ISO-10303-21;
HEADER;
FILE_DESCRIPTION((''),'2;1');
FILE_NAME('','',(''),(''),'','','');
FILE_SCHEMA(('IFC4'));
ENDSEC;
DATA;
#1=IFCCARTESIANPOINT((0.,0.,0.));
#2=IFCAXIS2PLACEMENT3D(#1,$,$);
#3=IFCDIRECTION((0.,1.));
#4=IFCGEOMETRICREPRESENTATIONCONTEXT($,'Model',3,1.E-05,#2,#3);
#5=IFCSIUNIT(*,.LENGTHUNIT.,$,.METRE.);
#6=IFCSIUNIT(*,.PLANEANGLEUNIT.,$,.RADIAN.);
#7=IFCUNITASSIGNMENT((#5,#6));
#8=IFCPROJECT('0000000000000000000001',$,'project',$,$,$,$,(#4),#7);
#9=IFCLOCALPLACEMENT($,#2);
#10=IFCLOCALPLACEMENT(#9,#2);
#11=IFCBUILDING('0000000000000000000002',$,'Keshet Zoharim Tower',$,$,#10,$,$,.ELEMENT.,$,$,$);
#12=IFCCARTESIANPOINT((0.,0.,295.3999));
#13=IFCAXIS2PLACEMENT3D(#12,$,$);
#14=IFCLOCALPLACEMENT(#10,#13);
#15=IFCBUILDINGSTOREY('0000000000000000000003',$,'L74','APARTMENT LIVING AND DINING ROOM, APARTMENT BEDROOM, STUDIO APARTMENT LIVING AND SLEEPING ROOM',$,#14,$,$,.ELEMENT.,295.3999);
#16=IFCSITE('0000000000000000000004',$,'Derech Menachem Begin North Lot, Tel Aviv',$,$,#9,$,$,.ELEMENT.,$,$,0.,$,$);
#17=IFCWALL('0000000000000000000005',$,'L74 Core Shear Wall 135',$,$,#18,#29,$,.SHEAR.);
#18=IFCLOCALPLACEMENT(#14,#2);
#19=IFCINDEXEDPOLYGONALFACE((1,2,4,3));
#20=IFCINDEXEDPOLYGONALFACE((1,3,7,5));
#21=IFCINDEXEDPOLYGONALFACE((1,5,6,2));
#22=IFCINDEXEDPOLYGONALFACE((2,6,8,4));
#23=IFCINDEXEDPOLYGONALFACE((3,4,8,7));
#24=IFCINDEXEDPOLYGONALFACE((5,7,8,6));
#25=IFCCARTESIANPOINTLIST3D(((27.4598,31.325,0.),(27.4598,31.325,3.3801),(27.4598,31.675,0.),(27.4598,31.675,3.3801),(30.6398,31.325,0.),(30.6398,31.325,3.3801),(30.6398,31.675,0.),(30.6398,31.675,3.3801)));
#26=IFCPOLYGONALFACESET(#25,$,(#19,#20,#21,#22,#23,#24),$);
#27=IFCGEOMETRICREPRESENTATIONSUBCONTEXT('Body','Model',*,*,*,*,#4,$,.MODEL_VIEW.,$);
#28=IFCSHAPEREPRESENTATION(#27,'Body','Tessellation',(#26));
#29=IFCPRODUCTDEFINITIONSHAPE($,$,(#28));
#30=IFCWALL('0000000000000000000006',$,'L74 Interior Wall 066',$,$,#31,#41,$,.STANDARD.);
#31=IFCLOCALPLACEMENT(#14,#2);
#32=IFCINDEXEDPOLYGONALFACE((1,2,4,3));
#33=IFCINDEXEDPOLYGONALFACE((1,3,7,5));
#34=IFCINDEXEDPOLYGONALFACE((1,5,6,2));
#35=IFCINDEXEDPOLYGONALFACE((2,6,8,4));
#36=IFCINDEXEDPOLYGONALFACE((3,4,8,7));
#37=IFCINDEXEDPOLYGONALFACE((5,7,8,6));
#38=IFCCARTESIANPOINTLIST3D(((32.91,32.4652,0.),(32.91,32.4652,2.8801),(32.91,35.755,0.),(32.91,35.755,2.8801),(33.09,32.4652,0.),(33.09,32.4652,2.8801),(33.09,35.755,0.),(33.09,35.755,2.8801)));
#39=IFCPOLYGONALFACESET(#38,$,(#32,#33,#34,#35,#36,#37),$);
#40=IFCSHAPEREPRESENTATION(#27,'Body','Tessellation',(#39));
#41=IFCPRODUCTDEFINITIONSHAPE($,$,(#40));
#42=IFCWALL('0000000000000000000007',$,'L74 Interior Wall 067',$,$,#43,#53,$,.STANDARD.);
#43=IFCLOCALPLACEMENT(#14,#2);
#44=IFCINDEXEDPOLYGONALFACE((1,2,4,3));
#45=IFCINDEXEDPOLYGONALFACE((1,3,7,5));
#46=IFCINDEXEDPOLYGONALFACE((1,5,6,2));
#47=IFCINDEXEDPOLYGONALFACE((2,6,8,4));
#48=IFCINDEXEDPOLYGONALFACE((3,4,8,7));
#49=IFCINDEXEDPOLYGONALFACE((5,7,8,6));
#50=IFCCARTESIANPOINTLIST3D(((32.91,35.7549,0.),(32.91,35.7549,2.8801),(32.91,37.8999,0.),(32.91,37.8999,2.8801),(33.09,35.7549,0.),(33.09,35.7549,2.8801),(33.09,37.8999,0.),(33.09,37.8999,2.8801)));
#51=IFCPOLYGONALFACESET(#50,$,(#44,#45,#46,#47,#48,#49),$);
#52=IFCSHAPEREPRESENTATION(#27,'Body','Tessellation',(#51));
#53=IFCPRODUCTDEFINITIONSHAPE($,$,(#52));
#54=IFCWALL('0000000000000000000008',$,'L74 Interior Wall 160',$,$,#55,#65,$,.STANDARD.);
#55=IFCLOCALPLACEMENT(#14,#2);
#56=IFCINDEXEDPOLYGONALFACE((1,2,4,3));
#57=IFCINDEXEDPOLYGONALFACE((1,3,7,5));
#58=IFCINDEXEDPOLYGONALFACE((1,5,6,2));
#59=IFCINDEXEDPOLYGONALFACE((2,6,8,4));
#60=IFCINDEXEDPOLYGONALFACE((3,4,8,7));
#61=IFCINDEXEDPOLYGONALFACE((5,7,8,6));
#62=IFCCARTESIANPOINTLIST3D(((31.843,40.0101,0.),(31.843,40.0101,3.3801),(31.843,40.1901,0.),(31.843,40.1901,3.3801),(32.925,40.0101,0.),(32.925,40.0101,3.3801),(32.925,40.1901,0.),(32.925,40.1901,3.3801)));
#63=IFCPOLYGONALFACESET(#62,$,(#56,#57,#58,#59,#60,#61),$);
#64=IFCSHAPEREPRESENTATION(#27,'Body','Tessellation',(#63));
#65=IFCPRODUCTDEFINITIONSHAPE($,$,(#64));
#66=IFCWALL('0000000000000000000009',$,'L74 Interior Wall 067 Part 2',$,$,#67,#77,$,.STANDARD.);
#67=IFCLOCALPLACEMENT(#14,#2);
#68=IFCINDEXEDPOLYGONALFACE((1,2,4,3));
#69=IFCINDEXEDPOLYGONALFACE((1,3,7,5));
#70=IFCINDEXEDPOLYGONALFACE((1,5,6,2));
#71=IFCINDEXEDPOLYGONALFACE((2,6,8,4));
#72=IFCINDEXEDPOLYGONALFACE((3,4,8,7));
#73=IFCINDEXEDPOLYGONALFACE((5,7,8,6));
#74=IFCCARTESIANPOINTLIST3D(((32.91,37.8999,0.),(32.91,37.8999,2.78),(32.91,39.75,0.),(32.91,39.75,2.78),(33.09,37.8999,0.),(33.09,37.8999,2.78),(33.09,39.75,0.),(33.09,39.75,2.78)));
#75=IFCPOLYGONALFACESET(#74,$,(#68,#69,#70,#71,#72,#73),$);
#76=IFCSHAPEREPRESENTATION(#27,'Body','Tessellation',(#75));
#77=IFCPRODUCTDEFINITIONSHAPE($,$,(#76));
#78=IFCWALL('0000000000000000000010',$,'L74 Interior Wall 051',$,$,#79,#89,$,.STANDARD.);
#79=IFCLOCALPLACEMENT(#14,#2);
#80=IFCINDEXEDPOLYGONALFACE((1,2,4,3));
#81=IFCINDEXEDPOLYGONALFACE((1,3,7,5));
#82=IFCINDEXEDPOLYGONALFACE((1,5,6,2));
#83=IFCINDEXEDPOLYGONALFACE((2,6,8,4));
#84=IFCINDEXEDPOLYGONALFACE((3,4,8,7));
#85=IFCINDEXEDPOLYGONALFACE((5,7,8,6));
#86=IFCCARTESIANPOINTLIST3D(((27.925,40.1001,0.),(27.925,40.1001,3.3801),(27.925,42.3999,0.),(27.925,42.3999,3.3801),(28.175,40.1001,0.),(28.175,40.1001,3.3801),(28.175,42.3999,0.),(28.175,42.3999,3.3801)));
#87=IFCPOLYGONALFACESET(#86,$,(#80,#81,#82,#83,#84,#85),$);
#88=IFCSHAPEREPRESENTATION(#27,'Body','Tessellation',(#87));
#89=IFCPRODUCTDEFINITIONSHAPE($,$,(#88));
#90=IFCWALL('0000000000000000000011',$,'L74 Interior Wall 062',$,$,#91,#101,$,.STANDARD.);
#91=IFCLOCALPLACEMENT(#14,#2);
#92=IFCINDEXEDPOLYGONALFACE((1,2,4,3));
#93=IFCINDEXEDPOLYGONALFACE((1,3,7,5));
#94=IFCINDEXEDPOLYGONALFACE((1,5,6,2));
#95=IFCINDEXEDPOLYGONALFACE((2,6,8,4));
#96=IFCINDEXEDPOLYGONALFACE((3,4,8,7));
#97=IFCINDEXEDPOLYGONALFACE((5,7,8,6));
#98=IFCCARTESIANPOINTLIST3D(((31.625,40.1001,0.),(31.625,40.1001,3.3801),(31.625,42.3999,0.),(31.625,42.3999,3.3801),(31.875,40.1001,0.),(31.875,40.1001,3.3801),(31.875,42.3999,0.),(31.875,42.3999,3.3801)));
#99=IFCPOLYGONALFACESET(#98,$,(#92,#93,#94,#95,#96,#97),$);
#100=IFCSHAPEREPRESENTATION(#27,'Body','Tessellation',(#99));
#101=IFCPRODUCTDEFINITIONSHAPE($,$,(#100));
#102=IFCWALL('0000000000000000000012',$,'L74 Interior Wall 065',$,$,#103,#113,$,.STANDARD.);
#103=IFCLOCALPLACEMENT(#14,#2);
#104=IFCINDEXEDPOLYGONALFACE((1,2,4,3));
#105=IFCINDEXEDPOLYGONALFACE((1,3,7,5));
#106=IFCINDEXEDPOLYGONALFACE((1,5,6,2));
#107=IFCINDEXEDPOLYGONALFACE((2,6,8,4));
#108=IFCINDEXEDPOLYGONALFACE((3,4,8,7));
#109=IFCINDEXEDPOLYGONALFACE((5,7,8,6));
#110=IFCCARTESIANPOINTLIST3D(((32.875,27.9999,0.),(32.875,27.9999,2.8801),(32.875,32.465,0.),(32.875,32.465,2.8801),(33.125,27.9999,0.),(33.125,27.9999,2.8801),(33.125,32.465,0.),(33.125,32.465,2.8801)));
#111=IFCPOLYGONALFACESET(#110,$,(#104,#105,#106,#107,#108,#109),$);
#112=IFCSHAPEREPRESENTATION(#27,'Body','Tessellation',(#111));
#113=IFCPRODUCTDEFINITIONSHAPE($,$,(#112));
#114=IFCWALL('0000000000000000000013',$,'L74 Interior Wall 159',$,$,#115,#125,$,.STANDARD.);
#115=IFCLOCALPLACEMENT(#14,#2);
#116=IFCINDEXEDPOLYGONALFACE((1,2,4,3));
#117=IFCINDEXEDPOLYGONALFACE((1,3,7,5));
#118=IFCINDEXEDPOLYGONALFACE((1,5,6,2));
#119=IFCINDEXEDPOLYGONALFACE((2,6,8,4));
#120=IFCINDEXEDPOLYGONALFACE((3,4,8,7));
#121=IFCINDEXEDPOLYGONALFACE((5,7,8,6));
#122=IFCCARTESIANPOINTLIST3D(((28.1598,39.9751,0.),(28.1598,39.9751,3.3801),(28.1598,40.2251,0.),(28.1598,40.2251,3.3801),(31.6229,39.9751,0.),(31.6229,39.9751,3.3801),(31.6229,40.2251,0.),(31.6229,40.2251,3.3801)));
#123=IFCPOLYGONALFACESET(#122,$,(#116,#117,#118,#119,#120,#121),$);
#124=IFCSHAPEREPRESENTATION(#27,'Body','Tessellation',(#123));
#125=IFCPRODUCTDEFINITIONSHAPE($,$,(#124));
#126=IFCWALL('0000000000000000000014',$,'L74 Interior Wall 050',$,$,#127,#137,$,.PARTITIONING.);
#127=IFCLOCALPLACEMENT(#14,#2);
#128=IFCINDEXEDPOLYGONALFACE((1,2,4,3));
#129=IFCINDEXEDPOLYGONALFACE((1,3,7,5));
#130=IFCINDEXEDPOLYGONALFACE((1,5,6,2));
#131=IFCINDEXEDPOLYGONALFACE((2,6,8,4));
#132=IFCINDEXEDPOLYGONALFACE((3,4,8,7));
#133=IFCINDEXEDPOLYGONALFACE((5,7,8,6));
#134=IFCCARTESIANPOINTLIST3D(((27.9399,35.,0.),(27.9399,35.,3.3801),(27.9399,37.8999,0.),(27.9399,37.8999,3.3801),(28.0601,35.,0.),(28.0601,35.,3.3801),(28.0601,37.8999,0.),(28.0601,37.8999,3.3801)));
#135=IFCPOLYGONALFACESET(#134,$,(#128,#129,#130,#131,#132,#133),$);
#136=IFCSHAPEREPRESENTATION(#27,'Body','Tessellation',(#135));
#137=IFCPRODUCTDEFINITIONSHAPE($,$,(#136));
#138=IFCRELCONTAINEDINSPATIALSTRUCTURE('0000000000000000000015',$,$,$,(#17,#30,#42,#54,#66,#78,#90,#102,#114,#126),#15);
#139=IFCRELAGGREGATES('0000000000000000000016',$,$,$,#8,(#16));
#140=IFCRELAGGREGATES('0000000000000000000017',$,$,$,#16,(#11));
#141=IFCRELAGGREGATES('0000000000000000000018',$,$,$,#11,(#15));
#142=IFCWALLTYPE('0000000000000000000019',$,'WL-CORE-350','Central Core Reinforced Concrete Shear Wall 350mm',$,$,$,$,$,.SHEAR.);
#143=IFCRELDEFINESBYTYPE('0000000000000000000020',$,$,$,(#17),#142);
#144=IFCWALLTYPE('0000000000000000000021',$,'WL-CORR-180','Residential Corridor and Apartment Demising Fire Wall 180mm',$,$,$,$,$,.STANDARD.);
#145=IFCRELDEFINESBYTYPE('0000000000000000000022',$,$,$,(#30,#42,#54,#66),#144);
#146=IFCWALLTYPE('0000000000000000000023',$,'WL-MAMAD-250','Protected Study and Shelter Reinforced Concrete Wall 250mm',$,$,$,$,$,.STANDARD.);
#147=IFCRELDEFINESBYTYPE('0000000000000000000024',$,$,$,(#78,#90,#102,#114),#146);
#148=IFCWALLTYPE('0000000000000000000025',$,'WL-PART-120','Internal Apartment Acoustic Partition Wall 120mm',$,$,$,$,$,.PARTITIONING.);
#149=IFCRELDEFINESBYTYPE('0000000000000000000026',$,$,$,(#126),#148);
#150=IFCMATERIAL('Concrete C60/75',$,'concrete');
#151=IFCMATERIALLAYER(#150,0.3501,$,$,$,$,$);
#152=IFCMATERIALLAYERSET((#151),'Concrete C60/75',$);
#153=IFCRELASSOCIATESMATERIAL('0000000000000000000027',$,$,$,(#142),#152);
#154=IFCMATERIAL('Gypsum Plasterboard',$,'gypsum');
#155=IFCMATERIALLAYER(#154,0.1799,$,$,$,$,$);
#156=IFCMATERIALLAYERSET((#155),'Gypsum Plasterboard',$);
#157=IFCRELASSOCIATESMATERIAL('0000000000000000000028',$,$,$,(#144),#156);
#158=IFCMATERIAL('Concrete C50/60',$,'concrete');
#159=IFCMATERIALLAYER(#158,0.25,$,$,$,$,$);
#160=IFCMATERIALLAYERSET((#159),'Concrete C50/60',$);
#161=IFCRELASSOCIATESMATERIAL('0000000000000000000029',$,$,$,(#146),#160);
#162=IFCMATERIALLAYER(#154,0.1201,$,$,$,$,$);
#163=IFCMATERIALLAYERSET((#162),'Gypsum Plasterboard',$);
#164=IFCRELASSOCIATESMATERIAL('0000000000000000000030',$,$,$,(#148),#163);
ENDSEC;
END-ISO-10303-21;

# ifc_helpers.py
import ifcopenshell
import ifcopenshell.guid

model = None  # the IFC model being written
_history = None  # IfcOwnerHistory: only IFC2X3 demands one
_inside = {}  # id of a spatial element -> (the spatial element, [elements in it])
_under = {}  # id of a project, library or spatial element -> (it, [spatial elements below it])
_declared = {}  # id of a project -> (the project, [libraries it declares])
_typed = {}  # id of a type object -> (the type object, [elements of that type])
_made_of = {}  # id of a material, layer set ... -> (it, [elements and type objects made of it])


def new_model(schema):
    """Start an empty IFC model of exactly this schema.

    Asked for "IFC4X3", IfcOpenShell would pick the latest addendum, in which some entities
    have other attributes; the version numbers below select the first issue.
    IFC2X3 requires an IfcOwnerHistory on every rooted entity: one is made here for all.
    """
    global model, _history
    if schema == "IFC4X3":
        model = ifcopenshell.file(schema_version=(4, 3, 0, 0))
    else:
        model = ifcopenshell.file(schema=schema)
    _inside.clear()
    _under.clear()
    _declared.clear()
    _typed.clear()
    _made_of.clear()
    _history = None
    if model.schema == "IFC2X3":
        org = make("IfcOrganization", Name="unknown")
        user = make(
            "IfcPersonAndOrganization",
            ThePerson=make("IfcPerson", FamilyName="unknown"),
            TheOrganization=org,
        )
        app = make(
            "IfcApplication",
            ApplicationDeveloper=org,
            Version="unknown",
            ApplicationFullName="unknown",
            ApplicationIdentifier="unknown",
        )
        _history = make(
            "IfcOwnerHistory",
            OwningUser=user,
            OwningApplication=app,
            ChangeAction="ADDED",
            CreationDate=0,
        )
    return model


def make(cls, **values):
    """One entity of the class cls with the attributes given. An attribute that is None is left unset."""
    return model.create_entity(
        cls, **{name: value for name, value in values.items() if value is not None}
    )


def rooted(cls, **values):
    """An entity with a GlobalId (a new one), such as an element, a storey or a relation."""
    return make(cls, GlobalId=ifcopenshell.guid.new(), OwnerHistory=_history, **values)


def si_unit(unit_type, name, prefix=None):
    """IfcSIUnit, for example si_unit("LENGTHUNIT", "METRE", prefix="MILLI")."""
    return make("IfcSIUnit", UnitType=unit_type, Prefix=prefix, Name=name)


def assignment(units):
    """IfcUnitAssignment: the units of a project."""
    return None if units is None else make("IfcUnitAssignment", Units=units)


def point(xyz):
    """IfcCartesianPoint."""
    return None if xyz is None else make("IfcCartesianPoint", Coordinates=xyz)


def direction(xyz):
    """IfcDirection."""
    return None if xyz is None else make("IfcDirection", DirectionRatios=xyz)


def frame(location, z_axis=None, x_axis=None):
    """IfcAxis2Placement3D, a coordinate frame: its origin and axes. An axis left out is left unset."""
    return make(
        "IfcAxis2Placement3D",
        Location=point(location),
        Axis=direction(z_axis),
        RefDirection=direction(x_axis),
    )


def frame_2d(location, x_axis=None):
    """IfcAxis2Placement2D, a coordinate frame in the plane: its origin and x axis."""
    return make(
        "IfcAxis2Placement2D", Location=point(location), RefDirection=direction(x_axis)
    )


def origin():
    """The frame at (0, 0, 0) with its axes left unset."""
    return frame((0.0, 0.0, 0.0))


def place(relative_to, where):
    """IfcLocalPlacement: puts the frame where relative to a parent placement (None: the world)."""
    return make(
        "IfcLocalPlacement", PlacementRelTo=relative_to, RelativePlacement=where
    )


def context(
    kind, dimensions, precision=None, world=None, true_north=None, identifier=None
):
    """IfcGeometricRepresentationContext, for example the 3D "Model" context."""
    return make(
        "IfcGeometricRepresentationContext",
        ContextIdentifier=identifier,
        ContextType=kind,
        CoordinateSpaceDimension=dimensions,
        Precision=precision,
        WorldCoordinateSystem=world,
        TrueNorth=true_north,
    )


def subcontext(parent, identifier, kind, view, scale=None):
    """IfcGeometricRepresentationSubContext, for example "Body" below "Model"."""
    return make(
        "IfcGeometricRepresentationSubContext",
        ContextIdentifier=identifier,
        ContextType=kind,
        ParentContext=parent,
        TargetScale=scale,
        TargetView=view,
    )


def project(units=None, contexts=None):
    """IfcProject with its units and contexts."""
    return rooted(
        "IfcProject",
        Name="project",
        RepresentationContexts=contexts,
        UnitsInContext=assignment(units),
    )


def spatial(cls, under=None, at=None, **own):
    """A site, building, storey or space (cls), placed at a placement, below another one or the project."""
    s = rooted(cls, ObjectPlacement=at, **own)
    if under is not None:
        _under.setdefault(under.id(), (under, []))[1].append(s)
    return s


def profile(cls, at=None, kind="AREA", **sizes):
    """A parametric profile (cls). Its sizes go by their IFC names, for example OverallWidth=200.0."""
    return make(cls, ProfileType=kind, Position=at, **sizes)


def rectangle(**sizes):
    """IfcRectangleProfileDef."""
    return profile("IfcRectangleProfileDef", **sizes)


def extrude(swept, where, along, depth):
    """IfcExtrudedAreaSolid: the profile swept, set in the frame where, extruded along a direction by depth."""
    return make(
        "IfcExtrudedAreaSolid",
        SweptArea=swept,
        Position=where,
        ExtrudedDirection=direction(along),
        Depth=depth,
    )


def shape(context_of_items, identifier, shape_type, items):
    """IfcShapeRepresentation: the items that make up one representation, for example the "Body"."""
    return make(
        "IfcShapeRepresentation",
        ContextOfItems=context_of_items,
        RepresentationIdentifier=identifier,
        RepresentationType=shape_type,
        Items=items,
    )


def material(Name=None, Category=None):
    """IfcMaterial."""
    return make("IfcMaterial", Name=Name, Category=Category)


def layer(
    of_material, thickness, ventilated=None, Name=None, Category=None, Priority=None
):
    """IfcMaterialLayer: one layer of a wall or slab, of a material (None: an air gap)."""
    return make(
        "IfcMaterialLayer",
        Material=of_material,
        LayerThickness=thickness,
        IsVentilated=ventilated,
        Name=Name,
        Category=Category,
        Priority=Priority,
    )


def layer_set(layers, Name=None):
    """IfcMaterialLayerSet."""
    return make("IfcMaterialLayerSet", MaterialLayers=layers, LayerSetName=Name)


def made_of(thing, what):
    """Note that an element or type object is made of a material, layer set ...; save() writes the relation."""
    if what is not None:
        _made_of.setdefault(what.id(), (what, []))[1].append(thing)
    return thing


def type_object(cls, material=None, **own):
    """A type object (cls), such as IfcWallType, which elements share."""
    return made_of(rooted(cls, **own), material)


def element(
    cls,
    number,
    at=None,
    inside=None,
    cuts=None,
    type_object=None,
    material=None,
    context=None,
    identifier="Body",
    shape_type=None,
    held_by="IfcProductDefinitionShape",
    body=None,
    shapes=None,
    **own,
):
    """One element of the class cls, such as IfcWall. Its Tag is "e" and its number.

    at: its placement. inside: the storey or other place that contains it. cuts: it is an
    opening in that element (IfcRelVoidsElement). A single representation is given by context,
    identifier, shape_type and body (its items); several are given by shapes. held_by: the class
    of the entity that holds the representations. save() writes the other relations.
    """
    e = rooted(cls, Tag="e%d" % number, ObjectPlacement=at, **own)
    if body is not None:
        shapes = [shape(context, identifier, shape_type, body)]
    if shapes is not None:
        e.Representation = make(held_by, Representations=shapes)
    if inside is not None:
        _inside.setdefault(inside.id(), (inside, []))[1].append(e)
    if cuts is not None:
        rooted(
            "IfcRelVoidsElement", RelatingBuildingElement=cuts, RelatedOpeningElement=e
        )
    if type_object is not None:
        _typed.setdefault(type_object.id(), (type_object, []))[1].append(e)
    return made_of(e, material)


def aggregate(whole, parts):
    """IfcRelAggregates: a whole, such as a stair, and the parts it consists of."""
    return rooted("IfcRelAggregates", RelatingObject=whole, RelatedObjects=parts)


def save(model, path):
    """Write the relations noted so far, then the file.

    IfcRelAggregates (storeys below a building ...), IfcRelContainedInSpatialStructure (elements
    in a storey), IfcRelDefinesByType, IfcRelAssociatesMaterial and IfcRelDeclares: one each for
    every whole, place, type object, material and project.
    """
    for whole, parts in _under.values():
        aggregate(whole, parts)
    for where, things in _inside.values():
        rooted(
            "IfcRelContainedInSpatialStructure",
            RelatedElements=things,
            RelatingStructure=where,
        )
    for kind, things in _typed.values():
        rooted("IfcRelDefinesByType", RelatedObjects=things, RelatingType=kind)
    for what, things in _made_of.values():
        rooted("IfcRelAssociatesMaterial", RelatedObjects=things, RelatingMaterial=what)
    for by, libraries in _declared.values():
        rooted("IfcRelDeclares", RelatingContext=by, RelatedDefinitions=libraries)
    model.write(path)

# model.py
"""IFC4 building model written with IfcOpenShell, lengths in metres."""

from ifc_helpers import new_model, si_unit, direction, frame, frame_2d, origin, place, context, subcontext, project, spatial, rectangle, extrude, material, layer, layer_set, type_object, element, save


model = new_model("IFC4")

# Units and contexts
model_context = context("Model", 3, precision=1e-05, world=origin(), true_north=direction((0.0, 1.0)))
body_context = subcontext(model_context, "Body", "Model", "MODEL_VIEW")
ifc_project = project(units=[si_unit("LENGTHUNIT", "METRE"), si_unit("PLANEANGLEUNIT", "RADIAN")], contexts=[model_context])

# Site, building, storey
site_placement = place(None, origin())
site = spatial("IfcSite", under=ifc_project, at=site_placement, Name="Derech Menachem Begin North Lot, Tel Aviv", CompositionType="ELEMENT", RefElevation=0.0)
building_placement = place(site_placement, origin())
building = spatial("IfcBuilding", under=site, at=building_placement, Name="Keshet Zoharim Tower", CompositionType="ELEMENT")
storey_placement = place(building_placement, frame((0.0, 0.0, 295.3999)))
storey = spatial("IfcBuildingStorey", under=building, at=storey_placement, Name="L74", Description="APARTMENT LIVING AND DINING ROOM, APARTMENT BEDROOM, STUDIO APARTMENT LIVING AND SLEEPING ROOM", CompositionType="ELEMENT", Elevation=295.3999)

# Shared definitions
ifc_material_1 = material(Name="Concrete C50/60", Category="concrete")

# Shared definitions
ifc_material_2 = material(Name="Gypsum Plasterboard", Category="gypsum")
ifc_material_3 = material(Name="Concrete C60/75", Category="concrete")
ifc_layer_1 = layer(ifc_material_3, 0.3501)
ifc_layer_set_1 = layer_set([ifc_layer_1], Name="Concrete C60/75")
wall_type_1 = type_object("IfcWallType", Name="WL-CORE-350", Description="Central Core Reinforced Concrete Shear Wall 350mm", PredefinedType="SHEAR", material=ifc_layer_set_1)

# Wall
wall_1_placement = place(storey_placement, frame((27.46, 31.5, 0.0), z_axis=(0.0, 0.0, 1.0), x_axis=(1.0, 0.0, 0.0)))
element("IfcWall", 1, at=wall_1_placement, inside=storey, type_object=wall_type_1, Name="L74 Core Shear Wall 135", PredefinedType="SHEAR", context=body_context, shape_type="SweptSolid", body=[
    extrude(rectangle(XDim=3.1799, YDim=0.3501, at=frame_2d((1.5898, 0.0))), origin(), (0.0, 0.0, 1.0), 3.3801),
])

# Walls
ifc_layer_2 = layer(ifc_material_2, 0.1799)
ifc_layer_set_2 = layer_set([ifc_layer_2], Name="Gypsum Plasterboard")
wall_type_2 = type_object("IfcWallType", Name="WL-CORR-180", Description="Residential Corridor and Apartment Demising Fire Wall 180mm", PredefinedType="STANDARD", material=ifc_layer_set_2)
wall_2_placement = place(storey_placement, frame((33.0, 32.4651, 0.0), z_axis=(0.0, 0.0, 1.0), x_axis=(0.0, 1.0, 0.0)))
element("IfcWall", 2, at=wall_2_placement, inside=storey, type_object=wall_type_2, Name="L74 Interior Wall 066", PredefinedType="STANDARD", context=body_context, shape_type="SweptSolid", body=[
    extrude(rectangle(XDim=3.2898, YDim=0.1799, at=frame_2d((1.645, 0.0))), origin(), (0.0, 0.0, 1.0), 2.8801),
])
wall_3_placement = place(storey_placement, frame((33.0, 35.7549, 0.0), z_axis=(0.0, 0.0, 1.0), x_axis=(0.0, 1.0, 0.0)))
element("IfcWall", 3, at=wall_3_placement, inside=storey, type_object=wall_type_2, Name="L74 Interior Wall 067", PredefinedType="STANDARD", context=body_context, shape_type="SweptSolid", body=[
    extrude(rectangle(XDim=2.145, YDim=0.1799, at=frame_2d((1.0725, 0.0))), origin(), (0.0, 0.0, 1.0), 2.8801),
])
wall_4_placement = place(storey_placement, frame((31.843, 40.1001, 0.0), z_axis=(0.0, 0.0, 1.0), x_axis=(1.0, 0.0, 0.0)))
element("IfcWall", 4, at=wall_4_placement, inside=storey, type_object=wall_type_2, Name="L74 Interior Wall 160", PredefinedType="STANDARD", context=body_context, shape_type="SweptSolid", body=[
    extrude(rectangle(XDim=1.082, YDim=0.1799, at=frame_2d((0.541, 0.0))), origin(), (0.0, 0.0, 1.0), 3.3801),
])
wall_5_placement = place(storey_placement, frame((33.0, 37.8999, 0.0), z_axis=(0.0, 0.0, 1.0), x_axis=(0.0, 1.0, 0.0)))
element("IfcWall", 5, at=wall_5_placement, inside=storey, type_object=wall_type_2, Name="L74 Interior Wall 067 Part 2", PredefinedType="STANDARD", context=body_context, shape_type="SweptSolid", body=[
    extrude(rectangle(XDim=1.8501, YDim=0.1799, at=frame_2d((0.925, 0.0))), origin(), (0.0, 0.0, 1.0), 2.78),
])
ifc_layer_3 = layer(ifc_material_1, 0.25)
ifc_layer_set_3 = layer_set([ifc_layer_3], Name="Concrete C50/60")
wall_type_3 = type_object("IfcWallType", Name="WL-MAMAD-250", Description="Protected Study and Shelter Reinforced Concrete Wall 250mm", PredefinedType="STANDARD", material=ifc_layer_set_3)
for number, where, z_axis, x_axis, name in (
    (6, (28.05, 40.1001, 0.0), (0.0, 0.0, 1.0), (0.0, 1.0, 0.0), "L74 Interior Wall 051"),
    (7, (31.75, 40.1001, 0.0), (0.0, 0.0, 1.0), (0.0, 1.0, 0.0), "L74 Interior Wall 062"),
):
    element("IfcWall", number, at=place(storey_placement, frame(where, z_axis=z_axis, x_axis=x_axis)), inside=storey, type_object=wall_type_3, Name=name, PredefinedType="STANDARD", context=body_context, shape_type="SweptSolid", body=[
        extrude(rectangle(XDim=2.2998, YDim=0.25, at=frame_2d((1.1499, 0.0))), origin(), (0.0, 0.0, 1.0), 3.3801),
    ])
wall_6_placement = place(storey_placement, frame((33.0, 28.0, 0.0), z_axis=(0.0, 0.0, 1.0), x_axis=(0.0, 1.0, 0.0)))
element("IfcWall", 8, at=wall_6_placement, inside=storey, type_object=wall_type_3, Name="L74 Interior Wall 065", PredefinedType="STANDARD", context=body_context, shape_type="SweptSolid", body=[
    extrude(rectangle(XDim=4.4651, YDim=0.25, at=frame_2d((2.2324, 0.0))), origin(), (0.0, 0.0, 1.0), 2.8801),
])
wall_7_placement = place(storey_placement, frame((28.1599, 40.1001, 0.0), z_axis=(0.0, 0.0, 1.0), x_axis=(1.0, 0.0, 0.0)))
element("IfcWall", 9, at=wall_7_placement, inside=storey, type_object=wall_type_3, Name="L74 Interior Wall 159", PredefinedType="STANDARD", context=body_context, shape_type="SweptSolid", body=[
    extrude(rectangle(XDim=3.4631, YDim=0.25, at=frame_2d((1.7314, 0.0))), origin(), (0.0, 0.0, 1.0), 3.3801),
])
ifc_layer_4 = layer(ifc_material_2, 0.1201)
ifc_layer_set_4 = layer_set([ifc_layer_4], Name="Gypsum Plasterboard")
wall_type_4 = type_object("IfcWallType", Name="WL-PART-120", Description="Internal Apartment Acoustic Partition Wall 120mm", PredefinedType="PARTITIONING", material=ifc_layer_set_4)
wall_8_placement = place(storey_placement, frame((28.0, 35.0, 0.0), z_axis=(0.0, 0.0, 1.0), x_axis=(0.0, 1.0, 0.0)))
element("IfcWall", 10, at=wall_8_placement, inside=storey, type_object=wall_type_4, Name="L74 Interior Wall 050", PredefinedType="PARTITIONING", context=body_context, shape_type="SweptSolid", body=[
    extrude(rectangle(XDim=2.8999, YDim=0.1201, at=frame_2d((1.45, 0.0))), origin(), (0.0, 0.0, 1.0), 3.3801),
])

save(model, "model.ifc")
